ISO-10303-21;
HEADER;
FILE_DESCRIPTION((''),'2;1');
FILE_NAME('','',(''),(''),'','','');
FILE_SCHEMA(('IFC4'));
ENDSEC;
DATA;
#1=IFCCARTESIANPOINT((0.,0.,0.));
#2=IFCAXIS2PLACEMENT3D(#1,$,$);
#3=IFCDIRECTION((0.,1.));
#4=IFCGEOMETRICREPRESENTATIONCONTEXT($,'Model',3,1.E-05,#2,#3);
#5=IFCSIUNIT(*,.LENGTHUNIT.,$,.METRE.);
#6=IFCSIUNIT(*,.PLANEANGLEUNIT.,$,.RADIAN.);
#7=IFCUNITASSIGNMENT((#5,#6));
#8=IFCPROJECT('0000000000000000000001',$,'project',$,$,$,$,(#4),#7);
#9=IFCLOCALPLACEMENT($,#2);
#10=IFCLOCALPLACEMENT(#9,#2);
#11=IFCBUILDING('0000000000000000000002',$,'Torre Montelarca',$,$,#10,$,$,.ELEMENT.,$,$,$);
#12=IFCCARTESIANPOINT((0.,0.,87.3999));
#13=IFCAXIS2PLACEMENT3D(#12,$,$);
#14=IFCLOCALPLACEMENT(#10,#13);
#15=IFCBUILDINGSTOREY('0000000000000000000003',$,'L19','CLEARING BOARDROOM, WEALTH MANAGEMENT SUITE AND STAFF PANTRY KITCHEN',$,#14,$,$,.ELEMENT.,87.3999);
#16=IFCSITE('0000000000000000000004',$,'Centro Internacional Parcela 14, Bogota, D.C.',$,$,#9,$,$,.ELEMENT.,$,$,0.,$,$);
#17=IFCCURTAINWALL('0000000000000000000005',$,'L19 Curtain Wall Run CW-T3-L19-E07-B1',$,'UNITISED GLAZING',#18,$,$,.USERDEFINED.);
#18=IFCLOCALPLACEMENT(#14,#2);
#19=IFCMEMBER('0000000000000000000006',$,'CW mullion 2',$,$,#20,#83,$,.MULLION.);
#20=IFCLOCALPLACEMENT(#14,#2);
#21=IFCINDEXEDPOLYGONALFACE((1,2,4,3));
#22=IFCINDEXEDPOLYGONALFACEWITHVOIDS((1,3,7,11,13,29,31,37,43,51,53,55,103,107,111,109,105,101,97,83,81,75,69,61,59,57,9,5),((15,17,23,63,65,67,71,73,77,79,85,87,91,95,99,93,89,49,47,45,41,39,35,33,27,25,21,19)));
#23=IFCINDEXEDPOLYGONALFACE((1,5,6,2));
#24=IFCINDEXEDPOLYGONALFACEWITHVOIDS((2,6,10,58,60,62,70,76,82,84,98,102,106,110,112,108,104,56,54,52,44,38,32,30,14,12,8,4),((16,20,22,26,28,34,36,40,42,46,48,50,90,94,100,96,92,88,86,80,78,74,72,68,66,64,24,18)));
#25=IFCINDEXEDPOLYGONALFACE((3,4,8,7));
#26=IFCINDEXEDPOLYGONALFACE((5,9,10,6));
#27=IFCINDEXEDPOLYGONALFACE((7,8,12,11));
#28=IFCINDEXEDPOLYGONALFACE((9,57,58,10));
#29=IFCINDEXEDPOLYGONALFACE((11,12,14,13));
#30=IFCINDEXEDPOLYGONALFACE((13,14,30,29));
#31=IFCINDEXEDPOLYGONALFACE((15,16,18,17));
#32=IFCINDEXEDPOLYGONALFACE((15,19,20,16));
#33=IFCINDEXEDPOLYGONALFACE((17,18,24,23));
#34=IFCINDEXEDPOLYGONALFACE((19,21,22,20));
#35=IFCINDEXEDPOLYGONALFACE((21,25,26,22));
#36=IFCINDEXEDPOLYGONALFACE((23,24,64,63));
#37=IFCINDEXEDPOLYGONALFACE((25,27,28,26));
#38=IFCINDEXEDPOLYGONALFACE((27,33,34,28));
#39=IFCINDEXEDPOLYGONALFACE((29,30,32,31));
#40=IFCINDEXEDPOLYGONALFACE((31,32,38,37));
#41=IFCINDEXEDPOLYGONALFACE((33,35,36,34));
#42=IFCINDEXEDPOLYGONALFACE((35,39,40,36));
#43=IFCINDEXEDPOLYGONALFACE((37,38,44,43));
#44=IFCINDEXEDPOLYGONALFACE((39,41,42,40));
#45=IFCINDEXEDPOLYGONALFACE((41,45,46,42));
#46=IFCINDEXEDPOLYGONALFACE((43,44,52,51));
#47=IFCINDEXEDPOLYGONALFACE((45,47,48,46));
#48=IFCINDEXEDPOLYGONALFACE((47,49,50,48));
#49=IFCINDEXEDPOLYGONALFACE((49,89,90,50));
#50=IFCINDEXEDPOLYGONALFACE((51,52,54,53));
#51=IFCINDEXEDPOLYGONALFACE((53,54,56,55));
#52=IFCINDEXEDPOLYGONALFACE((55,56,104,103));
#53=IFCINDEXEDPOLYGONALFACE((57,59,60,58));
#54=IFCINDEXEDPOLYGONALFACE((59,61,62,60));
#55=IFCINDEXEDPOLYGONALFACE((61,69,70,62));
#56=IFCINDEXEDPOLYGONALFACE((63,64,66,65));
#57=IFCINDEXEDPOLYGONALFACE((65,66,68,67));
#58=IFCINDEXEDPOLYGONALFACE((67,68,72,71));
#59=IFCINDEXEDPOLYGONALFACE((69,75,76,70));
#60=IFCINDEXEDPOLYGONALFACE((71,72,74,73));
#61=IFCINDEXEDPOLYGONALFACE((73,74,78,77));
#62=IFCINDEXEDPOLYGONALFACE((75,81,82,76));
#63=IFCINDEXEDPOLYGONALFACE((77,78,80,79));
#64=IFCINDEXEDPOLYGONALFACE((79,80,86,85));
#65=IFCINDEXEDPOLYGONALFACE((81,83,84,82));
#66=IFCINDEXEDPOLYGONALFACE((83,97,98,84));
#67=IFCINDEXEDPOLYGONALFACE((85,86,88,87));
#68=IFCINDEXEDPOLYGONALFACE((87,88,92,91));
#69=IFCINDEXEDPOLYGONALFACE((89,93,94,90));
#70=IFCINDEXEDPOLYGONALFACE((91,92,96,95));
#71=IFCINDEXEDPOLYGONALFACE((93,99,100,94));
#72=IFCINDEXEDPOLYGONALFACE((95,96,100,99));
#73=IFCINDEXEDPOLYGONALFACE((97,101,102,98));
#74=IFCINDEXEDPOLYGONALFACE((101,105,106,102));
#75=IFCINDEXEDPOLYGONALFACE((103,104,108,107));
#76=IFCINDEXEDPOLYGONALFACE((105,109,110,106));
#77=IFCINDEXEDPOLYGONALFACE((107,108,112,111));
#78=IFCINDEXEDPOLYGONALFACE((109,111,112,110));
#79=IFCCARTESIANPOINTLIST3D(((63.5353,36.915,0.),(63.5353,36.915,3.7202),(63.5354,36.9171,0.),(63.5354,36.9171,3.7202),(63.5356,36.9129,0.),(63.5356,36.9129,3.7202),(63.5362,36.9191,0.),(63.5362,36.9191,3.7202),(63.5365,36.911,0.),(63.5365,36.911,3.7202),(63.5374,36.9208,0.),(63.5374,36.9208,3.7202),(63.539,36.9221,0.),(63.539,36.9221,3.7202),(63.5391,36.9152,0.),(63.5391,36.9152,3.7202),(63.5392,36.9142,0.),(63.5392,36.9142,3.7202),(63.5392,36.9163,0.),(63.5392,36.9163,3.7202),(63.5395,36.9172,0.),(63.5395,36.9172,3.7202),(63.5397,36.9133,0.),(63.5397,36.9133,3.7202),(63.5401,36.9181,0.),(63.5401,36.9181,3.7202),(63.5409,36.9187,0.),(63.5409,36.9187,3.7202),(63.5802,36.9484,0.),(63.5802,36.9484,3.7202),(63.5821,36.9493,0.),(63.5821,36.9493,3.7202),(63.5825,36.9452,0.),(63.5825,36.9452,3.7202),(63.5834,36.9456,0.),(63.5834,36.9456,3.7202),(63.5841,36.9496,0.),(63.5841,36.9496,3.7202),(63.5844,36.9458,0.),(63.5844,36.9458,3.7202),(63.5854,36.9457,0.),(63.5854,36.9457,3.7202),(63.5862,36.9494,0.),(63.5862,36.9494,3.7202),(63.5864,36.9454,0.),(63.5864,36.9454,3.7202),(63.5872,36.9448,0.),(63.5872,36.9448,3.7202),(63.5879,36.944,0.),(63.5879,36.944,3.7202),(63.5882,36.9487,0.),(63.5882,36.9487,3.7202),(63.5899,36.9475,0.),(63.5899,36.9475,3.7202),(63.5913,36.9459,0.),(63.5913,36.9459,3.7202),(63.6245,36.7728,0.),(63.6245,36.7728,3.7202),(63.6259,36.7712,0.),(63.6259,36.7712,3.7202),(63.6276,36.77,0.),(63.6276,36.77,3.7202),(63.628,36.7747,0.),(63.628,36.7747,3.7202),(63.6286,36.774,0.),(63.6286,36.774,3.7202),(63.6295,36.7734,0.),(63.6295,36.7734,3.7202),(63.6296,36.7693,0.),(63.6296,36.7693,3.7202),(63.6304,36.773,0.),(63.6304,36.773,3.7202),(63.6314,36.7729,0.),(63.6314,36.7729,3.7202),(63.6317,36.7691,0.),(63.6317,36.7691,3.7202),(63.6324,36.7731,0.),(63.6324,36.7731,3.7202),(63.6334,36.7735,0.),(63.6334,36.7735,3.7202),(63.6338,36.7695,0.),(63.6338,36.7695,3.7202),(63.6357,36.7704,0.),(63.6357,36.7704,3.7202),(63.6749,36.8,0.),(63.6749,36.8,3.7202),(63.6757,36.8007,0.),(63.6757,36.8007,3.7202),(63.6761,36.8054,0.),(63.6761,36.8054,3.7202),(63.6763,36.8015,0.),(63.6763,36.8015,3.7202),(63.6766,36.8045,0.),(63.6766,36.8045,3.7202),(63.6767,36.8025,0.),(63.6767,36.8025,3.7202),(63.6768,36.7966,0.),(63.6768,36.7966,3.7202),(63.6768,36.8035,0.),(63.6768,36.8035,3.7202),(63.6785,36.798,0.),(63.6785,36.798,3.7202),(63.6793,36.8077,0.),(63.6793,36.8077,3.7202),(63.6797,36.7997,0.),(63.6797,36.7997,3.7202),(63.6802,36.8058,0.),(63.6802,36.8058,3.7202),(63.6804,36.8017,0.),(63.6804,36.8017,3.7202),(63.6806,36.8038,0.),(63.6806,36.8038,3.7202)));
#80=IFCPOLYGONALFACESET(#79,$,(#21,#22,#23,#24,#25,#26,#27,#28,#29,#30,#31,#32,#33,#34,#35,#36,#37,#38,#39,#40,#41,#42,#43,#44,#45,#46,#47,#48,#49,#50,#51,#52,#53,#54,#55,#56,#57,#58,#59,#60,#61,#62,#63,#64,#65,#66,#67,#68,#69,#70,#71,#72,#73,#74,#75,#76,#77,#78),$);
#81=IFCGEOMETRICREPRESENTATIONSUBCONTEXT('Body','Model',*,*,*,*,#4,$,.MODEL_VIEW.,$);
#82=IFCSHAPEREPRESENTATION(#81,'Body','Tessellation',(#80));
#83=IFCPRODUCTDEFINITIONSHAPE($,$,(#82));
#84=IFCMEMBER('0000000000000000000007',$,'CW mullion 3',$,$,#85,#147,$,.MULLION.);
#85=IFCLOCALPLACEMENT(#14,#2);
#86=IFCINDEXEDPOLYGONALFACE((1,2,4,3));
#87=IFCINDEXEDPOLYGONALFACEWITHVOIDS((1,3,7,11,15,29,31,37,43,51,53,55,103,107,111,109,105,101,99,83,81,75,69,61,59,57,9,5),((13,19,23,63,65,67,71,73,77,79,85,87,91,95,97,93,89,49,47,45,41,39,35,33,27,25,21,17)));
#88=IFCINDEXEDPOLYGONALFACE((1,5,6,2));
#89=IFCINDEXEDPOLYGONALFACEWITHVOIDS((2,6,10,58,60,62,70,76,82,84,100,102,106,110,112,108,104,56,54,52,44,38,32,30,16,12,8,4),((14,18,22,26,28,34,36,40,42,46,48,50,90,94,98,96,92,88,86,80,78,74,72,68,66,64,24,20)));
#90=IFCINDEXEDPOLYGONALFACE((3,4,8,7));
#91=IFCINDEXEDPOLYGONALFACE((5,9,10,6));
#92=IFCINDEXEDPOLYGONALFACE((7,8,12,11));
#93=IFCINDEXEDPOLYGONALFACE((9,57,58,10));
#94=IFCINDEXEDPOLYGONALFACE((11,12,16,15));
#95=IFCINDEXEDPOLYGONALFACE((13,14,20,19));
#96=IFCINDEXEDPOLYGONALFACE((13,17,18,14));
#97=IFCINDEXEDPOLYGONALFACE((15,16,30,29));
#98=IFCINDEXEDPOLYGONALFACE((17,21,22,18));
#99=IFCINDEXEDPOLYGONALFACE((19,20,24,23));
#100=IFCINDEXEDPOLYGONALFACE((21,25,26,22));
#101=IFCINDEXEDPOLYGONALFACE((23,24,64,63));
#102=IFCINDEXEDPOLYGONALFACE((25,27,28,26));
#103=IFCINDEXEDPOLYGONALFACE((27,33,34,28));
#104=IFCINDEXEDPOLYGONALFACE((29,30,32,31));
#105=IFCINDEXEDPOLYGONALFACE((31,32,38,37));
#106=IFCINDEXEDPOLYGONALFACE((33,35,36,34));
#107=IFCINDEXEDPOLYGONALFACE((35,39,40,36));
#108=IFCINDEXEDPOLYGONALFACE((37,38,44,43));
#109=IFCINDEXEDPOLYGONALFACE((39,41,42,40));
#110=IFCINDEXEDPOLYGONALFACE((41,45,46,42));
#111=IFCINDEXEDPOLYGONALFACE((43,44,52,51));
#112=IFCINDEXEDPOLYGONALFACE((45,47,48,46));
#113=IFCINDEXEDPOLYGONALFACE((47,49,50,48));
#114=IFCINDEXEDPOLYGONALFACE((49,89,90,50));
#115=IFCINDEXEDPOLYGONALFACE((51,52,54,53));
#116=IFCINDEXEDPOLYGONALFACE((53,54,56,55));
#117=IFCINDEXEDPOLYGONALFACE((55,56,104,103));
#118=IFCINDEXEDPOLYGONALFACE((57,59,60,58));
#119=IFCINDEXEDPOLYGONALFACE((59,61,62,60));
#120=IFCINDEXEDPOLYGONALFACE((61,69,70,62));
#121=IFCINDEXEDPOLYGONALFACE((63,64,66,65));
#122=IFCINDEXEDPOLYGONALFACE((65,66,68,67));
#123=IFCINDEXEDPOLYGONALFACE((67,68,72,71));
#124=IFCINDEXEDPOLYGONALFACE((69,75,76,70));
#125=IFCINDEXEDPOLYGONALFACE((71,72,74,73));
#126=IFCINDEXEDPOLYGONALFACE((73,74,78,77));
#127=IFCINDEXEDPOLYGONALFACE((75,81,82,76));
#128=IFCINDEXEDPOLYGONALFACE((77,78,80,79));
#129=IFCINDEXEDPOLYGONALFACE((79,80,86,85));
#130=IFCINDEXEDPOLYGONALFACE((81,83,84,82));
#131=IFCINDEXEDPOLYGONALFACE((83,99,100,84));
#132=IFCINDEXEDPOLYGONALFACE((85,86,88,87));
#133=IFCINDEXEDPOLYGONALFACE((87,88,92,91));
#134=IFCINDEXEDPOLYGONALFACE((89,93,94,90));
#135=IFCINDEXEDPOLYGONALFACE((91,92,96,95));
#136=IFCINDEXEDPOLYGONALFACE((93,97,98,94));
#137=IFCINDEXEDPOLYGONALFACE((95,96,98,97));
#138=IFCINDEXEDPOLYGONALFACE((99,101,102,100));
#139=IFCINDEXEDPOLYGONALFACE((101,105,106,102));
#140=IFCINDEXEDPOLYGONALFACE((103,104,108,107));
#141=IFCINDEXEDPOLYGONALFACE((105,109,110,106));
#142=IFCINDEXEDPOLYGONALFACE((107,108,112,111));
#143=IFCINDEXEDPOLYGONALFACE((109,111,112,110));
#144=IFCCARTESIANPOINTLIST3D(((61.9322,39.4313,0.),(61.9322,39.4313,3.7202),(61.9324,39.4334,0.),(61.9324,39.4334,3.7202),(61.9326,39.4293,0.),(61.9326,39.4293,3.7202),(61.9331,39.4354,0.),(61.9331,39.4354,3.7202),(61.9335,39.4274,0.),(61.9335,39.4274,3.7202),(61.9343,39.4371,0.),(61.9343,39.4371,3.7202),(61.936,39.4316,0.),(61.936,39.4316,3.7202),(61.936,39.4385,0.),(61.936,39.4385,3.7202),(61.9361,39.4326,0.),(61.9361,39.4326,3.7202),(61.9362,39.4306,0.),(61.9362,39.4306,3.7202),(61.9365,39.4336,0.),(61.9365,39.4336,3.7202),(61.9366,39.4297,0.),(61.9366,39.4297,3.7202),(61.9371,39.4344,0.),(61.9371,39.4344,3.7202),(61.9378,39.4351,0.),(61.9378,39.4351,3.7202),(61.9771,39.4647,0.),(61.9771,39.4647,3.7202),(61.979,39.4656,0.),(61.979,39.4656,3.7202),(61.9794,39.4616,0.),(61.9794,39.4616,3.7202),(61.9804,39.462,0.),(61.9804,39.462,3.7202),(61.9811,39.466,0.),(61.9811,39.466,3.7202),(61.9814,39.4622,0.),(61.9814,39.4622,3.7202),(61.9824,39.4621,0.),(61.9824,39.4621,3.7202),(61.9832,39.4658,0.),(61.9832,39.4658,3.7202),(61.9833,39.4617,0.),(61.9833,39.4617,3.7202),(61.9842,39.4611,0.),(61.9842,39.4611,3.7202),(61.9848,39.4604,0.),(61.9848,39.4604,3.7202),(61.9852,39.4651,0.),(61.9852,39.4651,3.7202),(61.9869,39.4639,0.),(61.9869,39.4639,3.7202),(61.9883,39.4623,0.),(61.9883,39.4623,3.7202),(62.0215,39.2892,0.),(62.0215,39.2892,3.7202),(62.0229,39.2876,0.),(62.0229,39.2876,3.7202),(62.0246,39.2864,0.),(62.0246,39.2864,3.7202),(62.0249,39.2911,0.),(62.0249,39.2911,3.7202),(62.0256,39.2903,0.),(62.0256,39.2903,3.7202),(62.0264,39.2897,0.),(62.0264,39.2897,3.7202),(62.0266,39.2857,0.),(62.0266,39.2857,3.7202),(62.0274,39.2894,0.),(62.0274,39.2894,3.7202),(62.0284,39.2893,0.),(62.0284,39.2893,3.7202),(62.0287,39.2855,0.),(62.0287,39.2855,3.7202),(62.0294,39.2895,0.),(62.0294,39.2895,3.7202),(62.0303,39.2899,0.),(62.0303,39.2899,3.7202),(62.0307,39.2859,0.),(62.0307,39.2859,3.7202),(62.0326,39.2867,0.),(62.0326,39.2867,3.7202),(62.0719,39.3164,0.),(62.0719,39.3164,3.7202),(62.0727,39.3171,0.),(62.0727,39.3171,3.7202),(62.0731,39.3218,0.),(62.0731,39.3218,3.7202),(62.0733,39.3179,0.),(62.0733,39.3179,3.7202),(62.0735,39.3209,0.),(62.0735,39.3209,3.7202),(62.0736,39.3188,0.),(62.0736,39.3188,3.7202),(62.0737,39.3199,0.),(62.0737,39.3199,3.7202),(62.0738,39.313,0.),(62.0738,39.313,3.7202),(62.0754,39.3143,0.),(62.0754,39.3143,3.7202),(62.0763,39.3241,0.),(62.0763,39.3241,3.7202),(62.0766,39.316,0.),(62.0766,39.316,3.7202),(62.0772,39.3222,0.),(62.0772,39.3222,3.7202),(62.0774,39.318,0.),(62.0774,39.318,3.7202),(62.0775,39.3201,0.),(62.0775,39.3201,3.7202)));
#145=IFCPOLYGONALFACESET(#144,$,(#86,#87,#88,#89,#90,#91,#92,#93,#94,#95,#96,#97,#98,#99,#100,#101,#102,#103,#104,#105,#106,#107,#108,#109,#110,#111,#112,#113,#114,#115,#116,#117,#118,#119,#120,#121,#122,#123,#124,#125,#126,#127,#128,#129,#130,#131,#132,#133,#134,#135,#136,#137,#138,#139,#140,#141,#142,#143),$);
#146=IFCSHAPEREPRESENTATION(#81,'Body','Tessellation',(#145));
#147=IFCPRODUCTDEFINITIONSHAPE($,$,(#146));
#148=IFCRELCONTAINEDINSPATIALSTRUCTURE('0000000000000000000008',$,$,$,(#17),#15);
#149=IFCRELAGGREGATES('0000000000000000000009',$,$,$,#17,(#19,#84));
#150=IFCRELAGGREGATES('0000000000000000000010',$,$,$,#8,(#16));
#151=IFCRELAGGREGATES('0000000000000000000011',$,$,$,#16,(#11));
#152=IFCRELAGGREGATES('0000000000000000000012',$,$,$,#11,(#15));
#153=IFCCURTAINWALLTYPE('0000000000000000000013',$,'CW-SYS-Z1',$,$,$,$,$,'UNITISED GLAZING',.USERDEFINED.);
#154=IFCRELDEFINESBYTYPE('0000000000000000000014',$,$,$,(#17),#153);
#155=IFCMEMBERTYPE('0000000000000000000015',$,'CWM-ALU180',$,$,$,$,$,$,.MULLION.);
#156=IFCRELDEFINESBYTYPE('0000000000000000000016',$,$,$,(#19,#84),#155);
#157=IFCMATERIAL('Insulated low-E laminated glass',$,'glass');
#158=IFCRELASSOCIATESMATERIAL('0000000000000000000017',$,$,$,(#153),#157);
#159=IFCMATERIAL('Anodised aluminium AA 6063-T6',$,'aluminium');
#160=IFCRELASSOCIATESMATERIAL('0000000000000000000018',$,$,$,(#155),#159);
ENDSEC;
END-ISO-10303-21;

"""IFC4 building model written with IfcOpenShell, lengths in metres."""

from ifc_helpers import new_model, si_unit, direction, frame, origin, origin_2d, place, context, subcontext, project, spatial, hollow_rectangle, extrude, source, transform, mapped, material, material_profile, profile_set, type_object, element, aggregate, save


model = new_model("IFC4")

# Units and contexts
model_context = context("Model", 3, precision=1e-05, world=origin(), true_north=direction((0.0, 1.0)))
body_context = subcontext(model_context, "Body", "Model", "MODEL_VIEW")
ifc_project = project(units=[si_unit("LENGTHUNIT", "METRE"), si_unit("PLANEANGLEUNIT", "RADIAN")], contexts=[model_context])

# Site, building, storey
site_placement = place(None, origin())
site = spatial("IfcSite", under=ifc_project, at=site_placement, Name="Centro Internacional Parcela 14, Bogota, D.C.", CompositionType="ELEMENT", RefElevation=0.0)
building_placement = place(site_placement, origin())
building = spatial("IfcBuilding", under=site, at=building_placement, Name="Torre Montelarca", CompositionType="ELEMENT")
storey_placement = place(building_placement, frame((0.0, 0.0, 87.3999)))
storey = spatial("IfcBuildingStorey", under=building, at=storey_placement, Name="L19", Description="CLEARING BOARDROOM, WEALTH MANAGEMENT SUITE AND STAFF PANTRY KITCHEN", CompositionType="ELEMENT", Elevation=87.3999)

# Curtain wall
ifc_material_1 = material(Name="Insulated low-E laminated glass", Category="glass")
curtain_wall_type = type_object("IfcCurtainWallType", Name="CW-SYS-Z1", ElementType="UNITISED GLAZING", PredefinedType="USERDEFINED", material=ifc_material_1)
curtain_wall_1_placement = place(storey_placement, origin())
curtain_wall_1 = element("IfcCurtainWall", 1, at=curtain_wall_1_placement, inside=storey, type_object=curtain_wall_type, Name="L19 Curtain Wall Run CW-T3-L19-E07-B1", ObjectType="UNITISED GLAZING", PredefinedType="USERDEFINED")
ifc_material_2 = material(Name="Anodised aluminium AA 6063-T6", Category="aluminium")
ifc_material_profile_1 = material_profile(ifc_material_2, hollow_rectangle(XDim=0.0649, YDim=0.1799, WallThickness=0.0039, InnerFilletRadius=0.0039, OuterFilletRadius=0.0081, at=origin_2d()), Name="ALU65X180X4", Category="aluminium")
ifc_profile_set_1 = profile_set([ifc_material_profile_1], Name="Anodised aluminium AA 6063-T6")
member_type_1 = type_object("IfcMemberType", Name="CWM-ALU180", PredefinedType="MULLION", material=ifc_profile_set_1)
shared_shape_1 = source(origin(), body_context, "Body", "SweptSolid", [
    extrude(hollow_rectangle(XDim=0.0649, YDim=0.1799, WallThickness=0.0039, InnerFilletRadius=0.0039, OuterFilletRadius=0.0081, at=origin_2d()), origin(), (0.0, 0.0, 1.0), 3.7202),
])

# Members
member_1_placement = place(storey_placement, frame((63.6079, 36.8594, 0.0), z_axis=(0.0, 0.0, 1.0), x_axis=(-0.843381, -0.537316, 0.0)))
member_1 = element("IfcMember", 2, at=member_1_placement, type_object=member_type_1, Name="CW mullion 2", PredefinedType="MULLION", context=body_context, shape_type="MappedRepresentation", body=[
    mapped(shared_shape_1, transform((0.0, 0.0, 0.0), scale=1.0)),
])
member_2_placement = place(storey_placement, frame((62.0049, 39.3757, 0.0), z_axis=(0.0, 0.0, 1.0), x_axis=(-0.843381, -0.537316, 0.0)))
member_2 = element("IfcMember", 3, at=member_2_placement, type_object=member_type_1, Name="CW mullion 3", PredefinedType="MULLION", context=body_context, shape_type="MappedRepresentation", body=[
    mapped(shared_shape_1, transform((0.0, 0.0, 0.0), scale=1.0)),
])

aggregate(curtain_wall_1, [member_1, member_2])

save(model, "model.ifc")
